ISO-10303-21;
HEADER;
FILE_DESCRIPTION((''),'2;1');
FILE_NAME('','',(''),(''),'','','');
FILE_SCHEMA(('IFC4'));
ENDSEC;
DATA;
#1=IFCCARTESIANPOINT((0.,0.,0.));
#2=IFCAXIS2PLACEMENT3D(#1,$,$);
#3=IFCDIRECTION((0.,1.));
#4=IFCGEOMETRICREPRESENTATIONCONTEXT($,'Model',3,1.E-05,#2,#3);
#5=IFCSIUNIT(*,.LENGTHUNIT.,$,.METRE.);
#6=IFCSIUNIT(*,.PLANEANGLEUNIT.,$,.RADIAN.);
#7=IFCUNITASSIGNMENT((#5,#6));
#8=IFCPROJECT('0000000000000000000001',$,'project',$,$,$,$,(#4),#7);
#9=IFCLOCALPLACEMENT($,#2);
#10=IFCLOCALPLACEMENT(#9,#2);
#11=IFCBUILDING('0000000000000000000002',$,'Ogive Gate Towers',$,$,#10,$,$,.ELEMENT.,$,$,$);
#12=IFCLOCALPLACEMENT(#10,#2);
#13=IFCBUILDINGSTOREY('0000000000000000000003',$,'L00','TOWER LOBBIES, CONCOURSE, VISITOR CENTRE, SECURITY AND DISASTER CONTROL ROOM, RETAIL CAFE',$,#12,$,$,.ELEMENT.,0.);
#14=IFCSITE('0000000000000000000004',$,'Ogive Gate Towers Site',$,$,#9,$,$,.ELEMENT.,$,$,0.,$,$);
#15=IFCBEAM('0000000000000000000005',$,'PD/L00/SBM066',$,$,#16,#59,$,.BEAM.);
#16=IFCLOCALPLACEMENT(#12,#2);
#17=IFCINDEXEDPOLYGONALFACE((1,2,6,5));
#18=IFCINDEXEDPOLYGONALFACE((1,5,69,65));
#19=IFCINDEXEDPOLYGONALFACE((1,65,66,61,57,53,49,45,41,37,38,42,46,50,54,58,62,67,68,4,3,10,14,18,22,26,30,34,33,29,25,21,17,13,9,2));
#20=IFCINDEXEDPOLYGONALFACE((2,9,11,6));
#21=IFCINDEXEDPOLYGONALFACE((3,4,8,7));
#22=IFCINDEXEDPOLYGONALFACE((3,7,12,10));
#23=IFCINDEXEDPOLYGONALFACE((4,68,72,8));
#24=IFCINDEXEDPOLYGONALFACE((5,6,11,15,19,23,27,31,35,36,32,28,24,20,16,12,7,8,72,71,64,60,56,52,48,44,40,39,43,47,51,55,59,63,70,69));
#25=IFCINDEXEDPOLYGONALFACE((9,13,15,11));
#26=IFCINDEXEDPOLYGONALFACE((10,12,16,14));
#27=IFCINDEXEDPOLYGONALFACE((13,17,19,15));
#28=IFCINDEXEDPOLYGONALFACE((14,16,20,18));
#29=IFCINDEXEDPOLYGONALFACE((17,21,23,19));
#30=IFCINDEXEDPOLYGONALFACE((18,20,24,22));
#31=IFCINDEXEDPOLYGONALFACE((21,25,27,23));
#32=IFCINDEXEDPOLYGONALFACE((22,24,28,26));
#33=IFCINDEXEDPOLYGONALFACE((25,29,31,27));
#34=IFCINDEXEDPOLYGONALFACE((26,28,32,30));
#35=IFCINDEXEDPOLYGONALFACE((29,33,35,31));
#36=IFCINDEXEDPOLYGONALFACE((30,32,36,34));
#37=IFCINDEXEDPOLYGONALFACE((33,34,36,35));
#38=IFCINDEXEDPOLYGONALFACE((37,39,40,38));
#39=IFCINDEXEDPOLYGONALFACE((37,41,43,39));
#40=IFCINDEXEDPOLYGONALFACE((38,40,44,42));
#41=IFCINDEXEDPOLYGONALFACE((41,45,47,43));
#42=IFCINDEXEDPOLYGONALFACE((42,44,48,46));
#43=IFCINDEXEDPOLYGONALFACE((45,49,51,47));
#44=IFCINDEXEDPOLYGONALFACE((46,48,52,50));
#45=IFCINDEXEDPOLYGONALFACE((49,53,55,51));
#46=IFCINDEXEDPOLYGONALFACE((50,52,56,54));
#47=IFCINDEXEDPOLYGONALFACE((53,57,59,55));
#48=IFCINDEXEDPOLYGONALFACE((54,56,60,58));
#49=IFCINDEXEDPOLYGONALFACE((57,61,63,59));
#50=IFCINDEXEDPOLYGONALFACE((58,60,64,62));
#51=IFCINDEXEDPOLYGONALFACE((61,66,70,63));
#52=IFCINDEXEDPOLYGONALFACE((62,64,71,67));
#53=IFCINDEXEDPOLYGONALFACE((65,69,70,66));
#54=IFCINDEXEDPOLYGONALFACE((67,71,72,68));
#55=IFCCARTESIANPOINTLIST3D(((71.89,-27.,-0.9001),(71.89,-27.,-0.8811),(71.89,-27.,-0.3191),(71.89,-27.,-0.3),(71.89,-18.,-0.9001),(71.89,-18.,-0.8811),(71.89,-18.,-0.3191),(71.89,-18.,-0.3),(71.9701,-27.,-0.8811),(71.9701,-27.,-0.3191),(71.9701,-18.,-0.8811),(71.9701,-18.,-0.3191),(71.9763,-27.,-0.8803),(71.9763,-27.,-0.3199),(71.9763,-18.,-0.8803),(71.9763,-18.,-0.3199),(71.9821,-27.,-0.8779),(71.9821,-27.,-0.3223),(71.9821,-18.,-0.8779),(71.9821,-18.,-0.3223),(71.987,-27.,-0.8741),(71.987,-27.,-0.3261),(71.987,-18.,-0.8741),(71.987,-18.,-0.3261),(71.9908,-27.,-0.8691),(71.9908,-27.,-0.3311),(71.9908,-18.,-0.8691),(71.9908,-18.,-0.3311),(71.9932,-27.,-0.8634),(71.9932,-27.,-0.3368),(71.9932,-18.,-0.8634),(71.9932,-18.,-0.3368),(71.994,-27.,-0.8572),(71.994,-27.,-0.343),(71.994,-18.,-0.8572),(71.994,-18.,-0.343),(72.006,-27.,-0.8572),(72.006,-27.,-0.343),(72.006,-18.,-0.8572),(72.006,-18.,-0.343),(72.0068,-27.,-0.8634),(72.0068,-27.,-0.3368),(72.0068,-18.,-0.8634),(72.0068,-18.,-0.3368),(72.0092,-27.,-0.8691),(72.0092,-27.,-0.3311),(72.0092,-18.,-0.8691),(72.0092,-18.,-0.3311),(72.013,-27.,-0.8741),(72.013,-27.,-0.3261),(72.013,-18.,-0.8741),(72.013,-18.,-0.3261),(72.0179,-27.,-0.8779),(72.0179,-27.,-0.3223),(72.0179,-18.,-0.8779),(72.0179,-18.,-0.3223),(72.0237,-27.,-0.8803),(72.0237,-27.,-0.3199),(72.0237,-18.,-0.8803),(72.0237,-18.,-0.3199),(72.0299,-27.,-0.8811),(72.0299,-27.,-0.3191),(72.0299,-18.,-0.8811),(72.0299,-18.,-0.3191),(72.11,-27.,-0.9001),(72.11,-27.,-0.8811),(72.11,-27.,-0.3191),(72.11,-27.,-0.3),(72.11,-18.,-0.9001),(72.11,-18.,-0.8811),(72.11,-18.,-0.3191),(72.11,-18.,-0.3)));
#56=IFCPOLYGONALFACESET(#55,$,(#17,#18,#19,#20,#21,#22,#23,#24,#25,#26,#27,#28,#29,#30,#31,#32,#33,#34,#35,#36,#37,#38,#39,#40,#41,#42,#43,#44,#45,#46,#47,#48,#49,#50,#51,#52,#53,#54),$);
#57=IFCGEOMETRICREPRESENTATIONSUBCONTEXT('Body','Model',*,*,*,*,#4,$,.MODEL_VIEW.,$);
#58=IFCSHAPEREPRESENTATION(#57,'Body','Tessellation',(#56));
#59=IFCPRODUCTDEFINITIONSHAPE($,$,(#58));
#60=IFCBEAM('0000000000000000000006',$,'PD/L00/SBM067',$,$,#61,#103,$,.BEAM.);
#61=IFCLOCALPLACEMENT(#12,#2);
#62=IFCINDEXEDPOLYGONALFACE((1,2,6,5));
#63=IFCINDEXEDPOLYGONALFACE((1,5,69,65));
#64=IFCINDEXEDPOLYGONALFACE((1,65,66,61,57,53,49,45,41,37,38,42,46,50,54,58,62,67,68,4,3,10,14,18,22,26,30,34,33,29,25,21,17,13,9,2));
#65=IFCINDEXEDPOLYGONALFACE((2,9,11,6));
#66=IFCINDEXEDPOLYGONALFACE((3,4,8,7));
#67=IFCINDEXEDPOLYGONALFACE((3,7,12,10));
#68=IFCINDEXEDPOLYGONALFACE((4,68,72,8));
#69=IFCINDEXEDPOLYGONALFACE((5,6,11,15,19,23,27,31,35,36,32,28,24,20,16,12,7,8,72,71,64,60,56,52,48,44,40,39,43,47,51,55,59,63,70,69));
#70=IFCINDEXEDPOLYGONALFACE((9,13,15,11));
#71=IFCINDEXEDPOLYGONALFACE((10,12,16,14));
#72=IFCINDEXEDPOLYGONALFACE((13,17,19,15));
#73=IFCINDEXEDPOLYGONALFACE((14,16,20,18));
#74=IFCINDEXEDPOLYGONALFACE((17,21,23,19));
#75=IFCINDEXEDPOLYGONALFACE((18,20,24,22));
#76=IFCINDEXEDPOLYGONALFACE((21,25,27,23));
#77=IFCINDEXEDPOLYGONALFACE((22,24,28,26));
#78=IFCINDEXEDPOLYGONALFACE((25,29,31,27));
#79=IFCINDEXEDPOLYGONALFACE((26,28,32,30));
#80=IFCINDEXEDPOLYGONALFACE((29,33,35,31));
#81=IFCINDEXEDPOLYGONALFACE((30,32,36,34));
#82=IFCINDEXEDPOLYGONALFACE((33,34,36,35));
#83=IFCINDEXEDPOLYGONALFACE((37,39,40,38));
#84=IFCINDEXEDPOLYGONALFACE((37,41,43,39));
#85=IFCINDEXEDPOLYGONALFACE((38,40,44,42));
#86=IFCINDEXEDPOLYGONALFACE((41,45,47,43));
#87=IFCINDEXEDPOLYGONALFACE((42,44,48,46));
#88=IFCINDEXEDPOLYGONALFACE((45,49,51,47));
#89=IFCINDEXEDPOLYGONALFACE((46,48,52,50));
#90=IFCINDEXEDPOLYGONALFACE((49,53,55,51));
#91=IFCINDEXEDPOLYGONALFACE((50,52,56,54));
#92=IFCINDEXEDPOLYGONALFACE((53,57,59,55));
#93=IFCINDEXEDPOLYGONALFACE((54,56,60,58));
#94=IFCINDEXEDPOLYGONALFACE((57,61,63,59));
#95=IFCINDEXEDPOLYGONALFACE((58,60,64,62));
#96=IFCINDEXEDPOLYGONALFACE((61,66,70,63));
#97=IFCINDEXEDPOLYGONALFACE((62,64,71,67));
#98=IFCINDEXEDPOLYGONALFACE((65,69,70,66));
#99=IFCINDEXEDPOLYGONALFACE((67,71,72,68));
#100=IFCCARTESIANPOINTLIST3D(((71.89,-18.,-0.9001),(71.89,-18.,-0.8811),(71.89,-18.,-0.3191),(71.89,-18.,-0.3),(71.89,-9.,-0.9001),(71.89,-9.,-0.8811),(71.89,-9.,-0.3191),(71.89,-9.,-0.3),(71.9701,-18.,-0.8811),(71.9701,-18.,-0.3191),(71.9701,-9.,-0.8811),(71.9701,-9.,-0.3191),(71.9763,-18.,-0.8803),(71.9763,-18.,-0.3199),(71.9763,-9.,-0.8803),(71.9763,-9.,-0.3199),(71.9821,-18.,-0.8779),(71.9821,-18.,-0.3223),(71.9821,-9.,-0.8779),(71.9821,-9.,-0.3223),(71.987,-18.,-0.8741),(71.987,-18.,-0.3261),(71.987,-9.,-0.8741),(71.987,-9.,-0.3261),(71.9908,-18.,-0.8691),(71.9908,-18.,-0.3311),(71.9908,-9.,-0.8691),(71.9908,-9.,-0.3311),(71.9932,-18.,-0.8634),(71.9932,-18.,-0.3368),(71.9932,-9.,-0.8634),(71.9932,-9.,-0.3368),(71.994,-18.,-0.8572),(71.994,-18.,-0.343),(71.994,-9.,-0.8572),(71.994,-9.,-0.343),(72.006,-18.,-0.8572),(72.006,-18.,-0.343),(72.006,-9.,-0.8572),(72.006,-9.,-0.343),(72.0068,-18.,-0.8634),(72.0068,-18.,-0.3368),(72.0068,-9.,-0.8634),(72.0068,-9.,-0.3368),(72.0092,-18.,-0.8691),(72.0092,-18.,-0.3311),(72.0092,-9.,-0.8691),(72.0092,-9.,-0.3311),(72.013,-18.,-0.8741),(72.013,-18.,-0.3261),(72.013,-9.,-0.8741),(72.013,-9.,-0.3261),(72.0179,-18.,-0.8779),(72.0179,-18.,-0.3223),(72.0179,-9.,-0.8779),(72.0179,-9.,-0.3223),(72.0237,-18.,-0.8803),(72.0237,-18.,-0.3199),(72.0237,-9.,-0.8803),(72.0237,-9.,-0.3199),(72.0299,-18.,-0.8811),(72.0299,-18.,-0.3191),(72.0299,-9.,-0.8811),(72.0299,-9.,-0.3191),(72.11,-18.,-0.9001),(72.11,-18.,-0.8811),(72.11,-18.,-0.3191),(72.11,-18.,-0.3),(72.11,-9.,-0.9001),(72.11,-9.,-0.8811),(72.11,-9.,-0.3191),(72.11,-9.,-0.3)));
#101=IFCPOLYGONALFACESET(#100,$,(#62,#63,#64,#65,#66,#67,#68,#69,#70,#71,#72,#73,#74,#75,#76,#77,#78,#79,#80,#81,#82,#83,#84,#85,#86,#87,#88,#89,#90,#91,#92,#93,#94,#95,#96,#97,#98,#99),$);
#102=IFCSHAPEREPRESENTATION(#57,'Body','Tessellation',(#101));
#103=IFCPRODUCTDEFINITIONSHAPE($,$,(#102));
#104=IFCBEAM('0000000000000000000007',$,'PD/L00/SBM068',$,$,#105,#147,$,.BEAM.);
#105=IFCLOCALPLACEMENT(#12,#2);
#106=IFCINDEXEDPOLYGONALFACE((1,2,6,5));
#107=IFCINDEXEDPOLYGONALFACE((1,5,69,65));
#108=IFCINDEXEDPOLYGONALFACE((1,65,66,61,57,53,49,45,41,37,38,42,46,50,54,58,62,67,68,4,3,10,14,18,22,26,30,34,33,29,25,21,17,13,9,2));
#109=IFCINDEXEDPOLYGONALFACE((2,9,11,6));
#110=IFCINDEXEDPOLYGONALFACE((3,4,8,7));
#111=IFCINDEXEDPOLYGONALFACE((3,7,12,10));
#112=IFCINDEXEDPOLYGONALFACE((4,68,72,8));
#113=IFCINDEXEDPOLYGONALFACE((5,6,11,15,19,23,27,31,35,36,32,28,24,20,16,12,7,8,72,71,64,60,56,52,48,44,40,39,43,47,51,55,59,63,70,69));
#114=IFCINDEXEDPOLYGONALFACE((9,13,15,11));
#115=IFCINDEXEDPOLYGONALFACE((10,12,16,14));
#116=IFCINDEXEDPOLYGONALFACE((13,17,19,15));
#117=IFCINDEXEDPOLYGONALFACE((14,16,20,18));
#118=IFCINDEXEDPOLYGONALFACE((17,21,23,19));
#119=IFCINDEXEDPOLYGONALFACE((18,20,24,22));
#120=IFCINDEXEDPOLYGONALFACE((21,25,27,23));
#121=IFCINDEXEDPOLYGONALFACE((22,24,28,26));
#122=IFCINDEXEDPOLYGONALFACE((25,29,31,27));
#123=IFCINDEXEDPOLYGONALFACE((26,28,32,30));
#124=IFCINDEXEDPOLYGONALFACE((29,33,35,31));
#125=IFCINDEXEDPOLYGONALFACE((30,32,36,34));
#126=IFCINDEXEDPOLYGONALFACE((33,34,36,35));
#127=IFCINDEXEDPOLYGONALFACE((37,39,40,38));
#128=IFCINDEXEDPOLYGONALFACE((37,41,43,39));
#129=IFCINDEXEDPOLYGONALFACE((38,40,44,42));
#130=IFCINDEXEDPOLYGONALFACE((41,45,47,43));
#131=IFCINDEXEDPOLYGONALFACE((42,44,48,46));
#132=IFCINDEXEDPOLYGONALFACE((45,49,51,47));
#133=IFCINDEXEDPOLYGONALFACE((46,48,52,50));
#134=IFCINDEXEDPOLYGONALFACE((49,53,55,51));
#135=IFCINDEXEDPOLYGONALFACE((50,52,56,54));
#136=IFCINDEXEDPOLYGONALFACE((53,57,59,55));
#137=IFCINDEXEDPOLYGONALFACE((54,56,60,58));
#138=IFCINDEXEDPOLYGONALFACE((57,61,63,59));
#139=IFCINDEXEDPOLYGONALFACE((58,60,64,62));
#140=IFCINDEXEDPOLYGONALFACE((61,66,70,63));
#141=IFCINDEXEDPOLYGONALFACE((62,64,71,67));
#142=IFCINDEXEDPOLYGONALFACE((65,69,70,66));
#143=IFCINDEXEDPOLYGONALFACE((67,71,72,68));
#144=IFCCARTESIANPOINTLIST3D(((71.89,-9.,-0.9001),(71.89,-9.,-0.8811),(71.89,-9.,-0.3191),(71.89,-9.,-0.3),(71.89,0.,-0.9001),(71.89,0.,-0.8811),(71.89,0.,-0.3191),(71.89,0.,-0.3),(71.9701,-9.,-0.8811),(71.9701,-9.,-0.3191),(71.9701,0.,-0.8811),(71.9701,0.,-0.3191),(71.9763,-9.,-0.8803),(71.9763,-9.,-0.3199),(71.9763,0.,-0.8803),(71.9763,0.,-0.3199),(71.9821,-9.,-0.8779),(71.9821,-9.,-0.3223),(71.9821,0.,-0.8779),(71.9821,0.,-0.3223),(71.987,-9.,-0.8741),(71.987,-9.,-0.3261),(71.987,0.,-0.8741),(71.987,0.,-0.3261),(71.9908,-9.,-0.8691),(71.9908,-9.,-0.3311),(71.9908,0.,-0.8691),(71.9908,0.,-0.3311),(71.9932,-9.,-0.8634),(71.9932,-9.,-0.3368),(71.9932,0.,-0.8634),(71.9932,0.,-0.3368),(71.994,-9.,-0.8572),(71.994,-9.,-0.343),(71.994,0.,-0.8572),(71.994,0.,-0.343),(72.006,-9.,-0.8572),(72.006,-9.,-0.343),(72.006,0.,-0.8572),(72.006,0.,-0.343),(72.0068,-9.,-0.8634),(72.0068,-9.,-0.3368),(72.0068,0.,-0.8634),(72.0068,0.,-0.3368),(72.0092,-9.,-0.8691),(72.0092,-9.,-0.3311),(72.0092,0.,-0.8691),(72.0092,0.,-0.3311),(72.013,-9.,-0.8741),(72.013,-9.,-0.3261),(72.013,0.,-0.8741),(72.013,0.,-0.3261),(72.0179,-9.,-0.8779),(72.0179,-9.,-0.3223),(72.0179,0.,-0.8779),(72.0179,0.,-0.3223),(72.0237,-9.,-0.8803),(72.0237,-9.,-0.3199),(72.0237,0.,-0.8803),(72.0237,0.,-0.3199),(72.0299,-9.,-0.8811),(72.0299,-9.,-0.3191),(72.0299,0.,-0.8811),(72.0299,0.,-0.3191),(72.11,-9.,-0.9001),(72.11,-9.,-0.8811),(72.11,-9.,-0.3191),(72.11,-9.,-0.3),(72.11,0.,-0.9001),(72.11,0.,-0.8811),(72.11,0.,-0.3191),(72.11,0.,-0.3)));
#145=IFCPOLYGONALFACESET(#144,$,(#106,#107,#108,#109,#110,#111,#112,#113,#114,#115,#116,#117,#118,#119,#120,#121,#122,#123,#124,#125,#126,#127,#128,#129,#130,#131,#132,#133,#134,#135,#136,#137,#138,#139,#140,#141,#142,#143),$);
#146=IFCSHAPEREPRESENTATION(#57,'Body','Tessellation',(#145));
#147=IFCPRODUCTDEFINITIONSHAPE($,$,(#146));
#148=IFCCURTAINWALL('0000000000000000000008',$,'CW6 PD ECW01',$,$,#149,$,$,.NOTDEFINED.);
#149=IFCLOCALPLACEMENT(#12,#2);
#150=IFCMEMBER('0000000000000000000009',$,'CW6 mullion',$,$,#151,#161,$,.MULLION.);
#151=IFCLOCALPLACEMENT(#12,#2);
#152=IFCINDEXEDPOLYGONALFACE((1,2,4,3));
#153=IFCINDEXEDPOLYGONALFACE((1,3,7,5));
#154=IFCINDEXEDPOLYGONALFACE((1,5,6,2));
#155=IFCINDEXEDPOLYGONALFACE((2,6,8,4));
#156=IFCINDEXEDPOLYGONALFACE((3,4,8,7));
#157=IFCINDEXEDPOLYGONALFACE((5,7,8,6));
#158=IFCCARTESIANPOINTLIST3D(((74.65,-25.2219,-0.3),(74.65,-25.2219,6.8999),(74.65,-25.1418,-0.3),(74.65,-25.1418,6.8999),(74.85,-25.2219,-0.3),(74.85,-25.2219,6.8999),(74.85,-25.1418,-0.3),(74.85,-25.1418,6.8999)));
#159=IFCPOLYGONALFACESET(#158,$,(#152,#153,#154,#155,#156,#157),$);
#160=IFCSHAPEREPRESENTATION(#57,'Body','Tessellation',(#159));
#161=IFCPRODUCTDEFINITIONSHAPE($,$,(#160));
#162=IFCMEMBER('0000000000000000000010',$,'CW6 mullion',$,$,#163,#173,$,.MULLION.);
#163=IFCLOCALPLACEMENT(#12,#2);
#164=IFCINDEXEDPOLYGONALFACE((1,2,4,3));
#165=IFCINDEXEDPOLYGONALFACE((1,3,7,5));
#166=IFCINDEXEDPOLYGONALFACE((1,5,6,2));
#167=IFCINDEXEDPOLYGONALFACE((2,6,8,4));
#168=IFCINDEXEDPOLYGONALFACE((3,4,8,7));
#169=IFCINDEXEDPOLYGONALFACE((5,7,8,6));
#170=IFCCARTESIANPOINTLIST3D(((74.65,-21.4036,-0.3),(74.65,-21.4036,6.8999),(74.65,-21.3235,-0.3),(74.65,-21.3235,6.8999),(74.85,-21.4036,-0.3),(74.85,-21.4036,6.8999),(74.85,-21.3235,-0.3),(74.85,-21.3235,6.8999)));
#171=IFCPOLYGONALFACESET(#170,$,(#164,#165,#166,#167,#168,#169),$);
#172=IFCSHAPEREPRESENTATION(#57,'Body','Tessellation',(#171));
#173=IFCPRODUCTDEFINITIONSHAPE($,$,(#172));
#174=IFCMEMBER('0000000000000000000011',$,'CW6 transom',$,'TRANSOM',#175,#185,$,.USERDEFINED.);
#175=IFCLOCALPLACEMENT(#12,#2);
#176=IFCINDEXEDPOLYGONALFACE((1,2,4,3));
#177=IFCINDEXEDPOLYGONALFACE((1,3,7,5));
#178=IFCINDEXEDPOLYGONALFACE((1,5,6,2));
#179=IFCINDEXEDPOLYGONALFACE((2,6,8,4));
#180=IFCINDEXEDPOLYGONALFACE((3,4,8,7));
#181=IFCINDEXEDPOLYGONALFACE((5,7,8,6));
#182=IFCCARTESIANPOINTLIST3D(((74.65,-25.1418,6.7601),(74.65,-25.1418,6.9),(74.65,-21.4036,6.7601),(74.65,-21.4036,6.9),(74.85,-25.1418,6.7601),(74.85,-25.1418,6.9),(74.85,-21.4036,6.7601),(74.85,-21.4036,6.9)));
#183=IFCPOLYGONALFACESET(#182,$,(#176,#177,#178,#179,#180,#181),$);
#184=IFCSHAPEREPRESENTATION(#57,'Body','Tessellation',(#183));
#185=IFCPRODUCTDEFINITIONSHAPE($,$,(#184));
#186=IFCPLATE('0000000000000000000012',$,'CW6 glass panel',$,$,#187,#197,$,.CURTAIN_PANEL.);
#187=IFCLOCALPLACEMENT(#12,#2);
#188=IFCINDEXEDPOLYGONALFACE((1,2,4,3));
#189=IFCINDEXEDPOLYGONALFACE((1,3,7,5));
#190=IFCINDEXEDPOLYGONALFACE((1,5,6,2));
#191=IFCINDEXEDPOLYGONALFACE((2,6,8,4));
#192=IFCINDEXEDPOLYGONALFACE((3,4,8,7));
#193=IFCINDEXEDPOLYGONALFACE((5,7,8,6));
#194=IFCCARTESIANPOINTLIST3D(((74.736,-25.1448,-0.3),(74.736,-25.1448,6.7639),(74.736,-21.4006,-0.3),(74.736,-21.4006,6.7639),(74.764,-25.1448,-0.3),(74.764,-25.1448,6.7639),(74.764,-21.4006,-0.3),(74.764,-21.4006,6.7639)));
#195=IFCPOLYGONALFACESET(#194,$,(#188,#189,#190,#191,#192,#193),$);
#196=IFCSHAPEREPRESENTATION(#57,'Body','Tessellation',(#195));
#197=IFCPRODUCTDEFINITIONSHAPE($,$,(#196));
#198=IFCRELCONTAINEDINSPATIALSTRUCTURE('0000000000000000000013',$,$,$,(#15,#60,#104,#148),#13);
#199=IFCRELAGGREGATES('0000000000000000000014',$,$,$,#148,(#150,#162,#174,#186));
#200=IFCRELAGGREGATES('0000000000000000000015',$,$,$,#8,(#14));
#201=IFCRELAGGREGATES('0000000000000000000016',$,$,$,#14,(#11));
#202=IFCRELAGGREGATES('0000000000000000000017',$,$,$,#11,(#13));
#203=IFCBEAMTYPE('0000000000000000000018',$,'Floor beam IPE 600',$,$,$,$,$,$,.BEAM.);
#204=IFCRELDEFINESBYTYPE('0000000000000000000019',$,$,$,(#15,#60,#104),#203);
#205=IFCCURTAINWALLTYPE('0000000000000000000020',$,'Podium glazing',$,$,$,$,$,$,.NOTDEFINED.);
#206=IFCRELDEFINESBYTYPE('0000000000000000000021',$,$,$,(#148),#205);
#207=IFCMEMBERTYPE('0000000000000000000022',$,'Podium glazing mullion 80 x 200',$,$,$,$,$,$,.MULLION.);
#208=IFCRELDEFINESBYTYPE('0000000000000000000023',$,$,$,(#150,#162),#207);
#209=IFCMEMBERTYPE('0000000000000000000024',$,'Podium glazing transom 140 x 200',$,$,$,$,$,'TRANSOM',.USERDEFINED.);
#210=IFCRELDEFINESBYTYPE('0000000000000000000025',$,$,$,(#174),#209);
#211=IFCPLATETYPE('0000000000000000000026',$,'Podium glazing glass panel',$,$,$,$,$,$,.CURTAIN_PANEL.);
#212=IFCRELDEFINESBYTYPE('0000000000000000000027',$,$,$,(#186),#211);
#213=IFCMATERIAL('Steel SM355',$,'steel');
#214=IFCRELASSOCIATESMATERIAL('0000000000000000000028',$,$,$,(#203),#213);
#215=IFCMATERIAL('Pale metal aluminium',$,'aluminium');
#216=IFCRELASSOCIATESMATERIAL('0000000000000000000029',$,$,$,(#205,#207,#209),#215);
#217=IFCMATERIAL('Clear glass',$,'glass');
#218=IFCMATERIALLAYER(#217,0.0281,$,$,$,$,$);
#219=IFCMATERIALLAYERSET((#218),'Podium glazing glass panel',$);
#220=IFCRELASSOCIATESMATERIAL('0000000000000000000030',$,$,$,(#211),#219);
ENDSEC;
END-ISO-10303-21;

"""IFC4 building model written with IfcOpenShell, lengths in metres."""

from ifc_helpers import new_model, si_unit, direction, frame, origin, origin_2d, place, context, subcontext, project, spatial, rectangle, i_section, extrude, material, layer, layer_set, material_profile, profile_set, type_object, element, aggregate, save


model = new_model("IFC4")

# Units and contexts
model_context = context("Model", 3, precision=1e-05, world=origin(), true_north=direction((0.0, 1.0)))
body_context = subcontext(model_context, "Body", "Model", "MODEL_VIEW")
ifc_project = project(units=[si_unit("LENGTHUNIT", "METRE"), si_unit("PLANEANGLEUNIT", "RADIAN")], contexts=[model_context])

# Site, building, storey
site_placement = place(None, origin())
site = spatial("IfcSite", under=ifc_project, at=site_placement, Name="Ogive Gate Towers Site", CompositionType="ELEMENT", RefElevation=0.0)
building_placement = place(site_placement, origin())
building = spatial("IfcBuilding", under=site, at=building_placement, Name="Ogive Gate Towers", CompositionType="ELEMENT")
storey_placement = place(building_placement, origin())
storey = spatial("IfcBuildingStorey", under=building, at=storey_placement, Name="L00", Description="TOWER LOBBIES, CONCOURSE, VISITOR CENTRE, SECURITY AND DISASTER CONTROL ROOM, RETAIL CAFE", CompositionType="ELEMENT", Elevation=0.0)

# Beams
ifc_material_1 = material(Name="Steel SM355", Category="steel")
ifc_material_profile_1 = material_profile(ifc_material_1, i_section(OverallWidth=0.22, OverallDepth=0.6001, WebThickness=0.012, FlangeThickness=0.019, FilletRadius=0.0239, at=origin_2d()), Name="IPE 600")
ifc_profile_set_1 = profile_set([ifc_material_profile_1], Name="Steel SM355")
beam_type = type_object("IfcBeamType", Name="Floor beam IPE 600", PredefinedType="BEAM", material=ifc_profile_set_1)
for number, where, z_axis, x_axis, name in (
    (1, (72.0, -27.0, -0.6001), (0.0, 1.0, 0.0), (-1.0, 0.0, 0.0), "PD/L00/SBM066"),
    (2, (72.0, -18.0, -0.6001), (0.0, 1.0, 0.0), (-1.0, 0.0, 0.0), "PD/L00/SBM067"),
    (3, (72.0, -9.0, -0.6001), (0.0, 1.0, 0.0), (-1.0, 0.0, 0.0), "PD/L00/SBM068"),
):
    element("IfcBeam", number, at=place(storey_placement, frame(where, z_axis=z_axis, x_axis=x_axis)), inside=storey, type_object=beam_type, Name=name, PredefinedType="BEAM", context=body_context, shape_type="SweptSolid", body=[
        extrude(i_section(OverallWidth=0.22, OverallDepth=0.6001, WebThickness=0.012, FlangeThickness=0.019, FilletRadius=0.0239, at=origin_2d()), origin(), (0.0, 0.0, 1.0), 9.0),
    ])

# Curtain wall, members, plate
ifc_material_2 = material(Name="Pale metal aluminium", Category="aluminium")
curtain_wall_type = type_object("IfcCurtainWallType", Name="Podium glazing", PredefinedType="NOTDEFINED", material=ifc_material_2)
curtain_wall_placement = place(storey_placement, origin())
curtain_wall = element("IfcCurtainWall", 4, at=curtain_wall_placement, inside=storey, type_object=curtain_wall_type, Name="CW6 PD ECW01", PredefinedType="NOTDEFINED")
ifc_material_profile_2 = material_profile(ifc_material_2, rectangle(XDim=0.2, YDim=0.0801, at=origin_2d()), Name="80 x 200 aluminium box")
ifc_profile_set_2 = profile_set([ifc_material_profile_2], Name="Pale metal aluminium")
member_type_1 = type_object("IfcMemberType", Name="Podium glazing mullion 80 x 200", PredefinedType="MULLION", material=ifc_profile_set_2)
member_1_placement = place(storey_placement, frame((74.75, -25.1819, -0.3), z_axis=(0.0, 0.0, 1.0), x_axis=(1.0, 0.0, 0.0)))
member_1 = element("IfcMember", 5, at=member_1_placement, type_object=member_type_1, Name="CW6 mullion", PredefinedType="MULLION", context=body_context, shape_type="SweptSolid", body=[
    extrude(rectangle(XDim=0.2, YDim=0.0801, at=origin_2d()), origin(), (0.0, 0.0, 1.0), 7.2),
])
member_2_placement = place(storey_placement, frame((74.75, -21.3635, -0.3), z_axis=(0.0, 0.0, 1.0), x_axis=(1.0, 0.0, 0.0)))
member_2 = element("IfcMember", 6, at=member_2_placement, type_object=member_type_1, Name="CW6 mullion", PredefinedType="MULLION", context=body_context, shape_type="SweptSolid", body=[
    extrude(rectangle(XDim=0.2, YDim=0.0801, at=origin_2d()), origin(), (0.0, 0.0, 1.0), 7.2),
])
ifc_material_profile_3 = material_profile(ifc_material_2, rectangle(XDim=0.2, YDim=0.1399, at=origin_2d()), Name="140 x 200 aluminium box")
ifc_profile_set_3 = profile_set([ifc_material_profile_3], Name="Pale metal aluminium")
member_type_2 = type_object("IfcMemberType", Name="Podium glazing transom 140 x 200", ElementType="TRANSOM", PredefinedType="USERDEFINED", material=ifc_profile_set_3)
member_3_placement = place(storey_placement, frame((74.75, -25.1418, 6.8301), z_axis=(0.0, 1.0, 0.0), x_axis=(-1.0, 0.0, 0.0)))
member_3 = element("IfcMember", 7, at=member_3_placement, type_object=member_type_2, Name="CW6 transom", ObjectType="TRANSOM", PredefinedType="USERDEFINED", context=body_context, shape_type="SweptSolid", body=[
    extrude(rectangle(XDim=0.2, YDim=0.1399, at=origin_2d()), origin(), (0.0, 0.0, 1.0), 3.7383),
])
ifc_material_3 = material(Name="Clear glass", Category="glass")
ifc_layer_1 = layer(ifc_material_3, 0.0281)
ifc_layer_set_1 = layer_set([ifc_layer_1], Name="Podium glazing glass panel")
plate_type = type_object("IfcPlateType", Name="Podium glazing glass panel", PredefinedType="CURTAIN_PANEL", material=ifc_layer_set_1)
plate_placement = place(storey_placement, frame((74.75, -23.2727, -0.3), z_axis=(0.0, 0.0, 1.0), x_axis=(0.0, 1.0, 0.0)))
plate = element("IfcPlate", 8, at=plate_placement, type_object=plate_type, Name="CW6 glass panel", PredefinedType="CURTAIN_PANEL", context=body_context, shape_type="SweptSolid", body=[
    extrude(rectangle(XDim=3.7441, YDim=0.0281, at=origin_2d()), origin(), (0.0, 0.0, 1.0), 7.064),
])
aggregate(curtain_wall, [member_1, member_2, member_3, plate])

save(model, "model.ifc")
